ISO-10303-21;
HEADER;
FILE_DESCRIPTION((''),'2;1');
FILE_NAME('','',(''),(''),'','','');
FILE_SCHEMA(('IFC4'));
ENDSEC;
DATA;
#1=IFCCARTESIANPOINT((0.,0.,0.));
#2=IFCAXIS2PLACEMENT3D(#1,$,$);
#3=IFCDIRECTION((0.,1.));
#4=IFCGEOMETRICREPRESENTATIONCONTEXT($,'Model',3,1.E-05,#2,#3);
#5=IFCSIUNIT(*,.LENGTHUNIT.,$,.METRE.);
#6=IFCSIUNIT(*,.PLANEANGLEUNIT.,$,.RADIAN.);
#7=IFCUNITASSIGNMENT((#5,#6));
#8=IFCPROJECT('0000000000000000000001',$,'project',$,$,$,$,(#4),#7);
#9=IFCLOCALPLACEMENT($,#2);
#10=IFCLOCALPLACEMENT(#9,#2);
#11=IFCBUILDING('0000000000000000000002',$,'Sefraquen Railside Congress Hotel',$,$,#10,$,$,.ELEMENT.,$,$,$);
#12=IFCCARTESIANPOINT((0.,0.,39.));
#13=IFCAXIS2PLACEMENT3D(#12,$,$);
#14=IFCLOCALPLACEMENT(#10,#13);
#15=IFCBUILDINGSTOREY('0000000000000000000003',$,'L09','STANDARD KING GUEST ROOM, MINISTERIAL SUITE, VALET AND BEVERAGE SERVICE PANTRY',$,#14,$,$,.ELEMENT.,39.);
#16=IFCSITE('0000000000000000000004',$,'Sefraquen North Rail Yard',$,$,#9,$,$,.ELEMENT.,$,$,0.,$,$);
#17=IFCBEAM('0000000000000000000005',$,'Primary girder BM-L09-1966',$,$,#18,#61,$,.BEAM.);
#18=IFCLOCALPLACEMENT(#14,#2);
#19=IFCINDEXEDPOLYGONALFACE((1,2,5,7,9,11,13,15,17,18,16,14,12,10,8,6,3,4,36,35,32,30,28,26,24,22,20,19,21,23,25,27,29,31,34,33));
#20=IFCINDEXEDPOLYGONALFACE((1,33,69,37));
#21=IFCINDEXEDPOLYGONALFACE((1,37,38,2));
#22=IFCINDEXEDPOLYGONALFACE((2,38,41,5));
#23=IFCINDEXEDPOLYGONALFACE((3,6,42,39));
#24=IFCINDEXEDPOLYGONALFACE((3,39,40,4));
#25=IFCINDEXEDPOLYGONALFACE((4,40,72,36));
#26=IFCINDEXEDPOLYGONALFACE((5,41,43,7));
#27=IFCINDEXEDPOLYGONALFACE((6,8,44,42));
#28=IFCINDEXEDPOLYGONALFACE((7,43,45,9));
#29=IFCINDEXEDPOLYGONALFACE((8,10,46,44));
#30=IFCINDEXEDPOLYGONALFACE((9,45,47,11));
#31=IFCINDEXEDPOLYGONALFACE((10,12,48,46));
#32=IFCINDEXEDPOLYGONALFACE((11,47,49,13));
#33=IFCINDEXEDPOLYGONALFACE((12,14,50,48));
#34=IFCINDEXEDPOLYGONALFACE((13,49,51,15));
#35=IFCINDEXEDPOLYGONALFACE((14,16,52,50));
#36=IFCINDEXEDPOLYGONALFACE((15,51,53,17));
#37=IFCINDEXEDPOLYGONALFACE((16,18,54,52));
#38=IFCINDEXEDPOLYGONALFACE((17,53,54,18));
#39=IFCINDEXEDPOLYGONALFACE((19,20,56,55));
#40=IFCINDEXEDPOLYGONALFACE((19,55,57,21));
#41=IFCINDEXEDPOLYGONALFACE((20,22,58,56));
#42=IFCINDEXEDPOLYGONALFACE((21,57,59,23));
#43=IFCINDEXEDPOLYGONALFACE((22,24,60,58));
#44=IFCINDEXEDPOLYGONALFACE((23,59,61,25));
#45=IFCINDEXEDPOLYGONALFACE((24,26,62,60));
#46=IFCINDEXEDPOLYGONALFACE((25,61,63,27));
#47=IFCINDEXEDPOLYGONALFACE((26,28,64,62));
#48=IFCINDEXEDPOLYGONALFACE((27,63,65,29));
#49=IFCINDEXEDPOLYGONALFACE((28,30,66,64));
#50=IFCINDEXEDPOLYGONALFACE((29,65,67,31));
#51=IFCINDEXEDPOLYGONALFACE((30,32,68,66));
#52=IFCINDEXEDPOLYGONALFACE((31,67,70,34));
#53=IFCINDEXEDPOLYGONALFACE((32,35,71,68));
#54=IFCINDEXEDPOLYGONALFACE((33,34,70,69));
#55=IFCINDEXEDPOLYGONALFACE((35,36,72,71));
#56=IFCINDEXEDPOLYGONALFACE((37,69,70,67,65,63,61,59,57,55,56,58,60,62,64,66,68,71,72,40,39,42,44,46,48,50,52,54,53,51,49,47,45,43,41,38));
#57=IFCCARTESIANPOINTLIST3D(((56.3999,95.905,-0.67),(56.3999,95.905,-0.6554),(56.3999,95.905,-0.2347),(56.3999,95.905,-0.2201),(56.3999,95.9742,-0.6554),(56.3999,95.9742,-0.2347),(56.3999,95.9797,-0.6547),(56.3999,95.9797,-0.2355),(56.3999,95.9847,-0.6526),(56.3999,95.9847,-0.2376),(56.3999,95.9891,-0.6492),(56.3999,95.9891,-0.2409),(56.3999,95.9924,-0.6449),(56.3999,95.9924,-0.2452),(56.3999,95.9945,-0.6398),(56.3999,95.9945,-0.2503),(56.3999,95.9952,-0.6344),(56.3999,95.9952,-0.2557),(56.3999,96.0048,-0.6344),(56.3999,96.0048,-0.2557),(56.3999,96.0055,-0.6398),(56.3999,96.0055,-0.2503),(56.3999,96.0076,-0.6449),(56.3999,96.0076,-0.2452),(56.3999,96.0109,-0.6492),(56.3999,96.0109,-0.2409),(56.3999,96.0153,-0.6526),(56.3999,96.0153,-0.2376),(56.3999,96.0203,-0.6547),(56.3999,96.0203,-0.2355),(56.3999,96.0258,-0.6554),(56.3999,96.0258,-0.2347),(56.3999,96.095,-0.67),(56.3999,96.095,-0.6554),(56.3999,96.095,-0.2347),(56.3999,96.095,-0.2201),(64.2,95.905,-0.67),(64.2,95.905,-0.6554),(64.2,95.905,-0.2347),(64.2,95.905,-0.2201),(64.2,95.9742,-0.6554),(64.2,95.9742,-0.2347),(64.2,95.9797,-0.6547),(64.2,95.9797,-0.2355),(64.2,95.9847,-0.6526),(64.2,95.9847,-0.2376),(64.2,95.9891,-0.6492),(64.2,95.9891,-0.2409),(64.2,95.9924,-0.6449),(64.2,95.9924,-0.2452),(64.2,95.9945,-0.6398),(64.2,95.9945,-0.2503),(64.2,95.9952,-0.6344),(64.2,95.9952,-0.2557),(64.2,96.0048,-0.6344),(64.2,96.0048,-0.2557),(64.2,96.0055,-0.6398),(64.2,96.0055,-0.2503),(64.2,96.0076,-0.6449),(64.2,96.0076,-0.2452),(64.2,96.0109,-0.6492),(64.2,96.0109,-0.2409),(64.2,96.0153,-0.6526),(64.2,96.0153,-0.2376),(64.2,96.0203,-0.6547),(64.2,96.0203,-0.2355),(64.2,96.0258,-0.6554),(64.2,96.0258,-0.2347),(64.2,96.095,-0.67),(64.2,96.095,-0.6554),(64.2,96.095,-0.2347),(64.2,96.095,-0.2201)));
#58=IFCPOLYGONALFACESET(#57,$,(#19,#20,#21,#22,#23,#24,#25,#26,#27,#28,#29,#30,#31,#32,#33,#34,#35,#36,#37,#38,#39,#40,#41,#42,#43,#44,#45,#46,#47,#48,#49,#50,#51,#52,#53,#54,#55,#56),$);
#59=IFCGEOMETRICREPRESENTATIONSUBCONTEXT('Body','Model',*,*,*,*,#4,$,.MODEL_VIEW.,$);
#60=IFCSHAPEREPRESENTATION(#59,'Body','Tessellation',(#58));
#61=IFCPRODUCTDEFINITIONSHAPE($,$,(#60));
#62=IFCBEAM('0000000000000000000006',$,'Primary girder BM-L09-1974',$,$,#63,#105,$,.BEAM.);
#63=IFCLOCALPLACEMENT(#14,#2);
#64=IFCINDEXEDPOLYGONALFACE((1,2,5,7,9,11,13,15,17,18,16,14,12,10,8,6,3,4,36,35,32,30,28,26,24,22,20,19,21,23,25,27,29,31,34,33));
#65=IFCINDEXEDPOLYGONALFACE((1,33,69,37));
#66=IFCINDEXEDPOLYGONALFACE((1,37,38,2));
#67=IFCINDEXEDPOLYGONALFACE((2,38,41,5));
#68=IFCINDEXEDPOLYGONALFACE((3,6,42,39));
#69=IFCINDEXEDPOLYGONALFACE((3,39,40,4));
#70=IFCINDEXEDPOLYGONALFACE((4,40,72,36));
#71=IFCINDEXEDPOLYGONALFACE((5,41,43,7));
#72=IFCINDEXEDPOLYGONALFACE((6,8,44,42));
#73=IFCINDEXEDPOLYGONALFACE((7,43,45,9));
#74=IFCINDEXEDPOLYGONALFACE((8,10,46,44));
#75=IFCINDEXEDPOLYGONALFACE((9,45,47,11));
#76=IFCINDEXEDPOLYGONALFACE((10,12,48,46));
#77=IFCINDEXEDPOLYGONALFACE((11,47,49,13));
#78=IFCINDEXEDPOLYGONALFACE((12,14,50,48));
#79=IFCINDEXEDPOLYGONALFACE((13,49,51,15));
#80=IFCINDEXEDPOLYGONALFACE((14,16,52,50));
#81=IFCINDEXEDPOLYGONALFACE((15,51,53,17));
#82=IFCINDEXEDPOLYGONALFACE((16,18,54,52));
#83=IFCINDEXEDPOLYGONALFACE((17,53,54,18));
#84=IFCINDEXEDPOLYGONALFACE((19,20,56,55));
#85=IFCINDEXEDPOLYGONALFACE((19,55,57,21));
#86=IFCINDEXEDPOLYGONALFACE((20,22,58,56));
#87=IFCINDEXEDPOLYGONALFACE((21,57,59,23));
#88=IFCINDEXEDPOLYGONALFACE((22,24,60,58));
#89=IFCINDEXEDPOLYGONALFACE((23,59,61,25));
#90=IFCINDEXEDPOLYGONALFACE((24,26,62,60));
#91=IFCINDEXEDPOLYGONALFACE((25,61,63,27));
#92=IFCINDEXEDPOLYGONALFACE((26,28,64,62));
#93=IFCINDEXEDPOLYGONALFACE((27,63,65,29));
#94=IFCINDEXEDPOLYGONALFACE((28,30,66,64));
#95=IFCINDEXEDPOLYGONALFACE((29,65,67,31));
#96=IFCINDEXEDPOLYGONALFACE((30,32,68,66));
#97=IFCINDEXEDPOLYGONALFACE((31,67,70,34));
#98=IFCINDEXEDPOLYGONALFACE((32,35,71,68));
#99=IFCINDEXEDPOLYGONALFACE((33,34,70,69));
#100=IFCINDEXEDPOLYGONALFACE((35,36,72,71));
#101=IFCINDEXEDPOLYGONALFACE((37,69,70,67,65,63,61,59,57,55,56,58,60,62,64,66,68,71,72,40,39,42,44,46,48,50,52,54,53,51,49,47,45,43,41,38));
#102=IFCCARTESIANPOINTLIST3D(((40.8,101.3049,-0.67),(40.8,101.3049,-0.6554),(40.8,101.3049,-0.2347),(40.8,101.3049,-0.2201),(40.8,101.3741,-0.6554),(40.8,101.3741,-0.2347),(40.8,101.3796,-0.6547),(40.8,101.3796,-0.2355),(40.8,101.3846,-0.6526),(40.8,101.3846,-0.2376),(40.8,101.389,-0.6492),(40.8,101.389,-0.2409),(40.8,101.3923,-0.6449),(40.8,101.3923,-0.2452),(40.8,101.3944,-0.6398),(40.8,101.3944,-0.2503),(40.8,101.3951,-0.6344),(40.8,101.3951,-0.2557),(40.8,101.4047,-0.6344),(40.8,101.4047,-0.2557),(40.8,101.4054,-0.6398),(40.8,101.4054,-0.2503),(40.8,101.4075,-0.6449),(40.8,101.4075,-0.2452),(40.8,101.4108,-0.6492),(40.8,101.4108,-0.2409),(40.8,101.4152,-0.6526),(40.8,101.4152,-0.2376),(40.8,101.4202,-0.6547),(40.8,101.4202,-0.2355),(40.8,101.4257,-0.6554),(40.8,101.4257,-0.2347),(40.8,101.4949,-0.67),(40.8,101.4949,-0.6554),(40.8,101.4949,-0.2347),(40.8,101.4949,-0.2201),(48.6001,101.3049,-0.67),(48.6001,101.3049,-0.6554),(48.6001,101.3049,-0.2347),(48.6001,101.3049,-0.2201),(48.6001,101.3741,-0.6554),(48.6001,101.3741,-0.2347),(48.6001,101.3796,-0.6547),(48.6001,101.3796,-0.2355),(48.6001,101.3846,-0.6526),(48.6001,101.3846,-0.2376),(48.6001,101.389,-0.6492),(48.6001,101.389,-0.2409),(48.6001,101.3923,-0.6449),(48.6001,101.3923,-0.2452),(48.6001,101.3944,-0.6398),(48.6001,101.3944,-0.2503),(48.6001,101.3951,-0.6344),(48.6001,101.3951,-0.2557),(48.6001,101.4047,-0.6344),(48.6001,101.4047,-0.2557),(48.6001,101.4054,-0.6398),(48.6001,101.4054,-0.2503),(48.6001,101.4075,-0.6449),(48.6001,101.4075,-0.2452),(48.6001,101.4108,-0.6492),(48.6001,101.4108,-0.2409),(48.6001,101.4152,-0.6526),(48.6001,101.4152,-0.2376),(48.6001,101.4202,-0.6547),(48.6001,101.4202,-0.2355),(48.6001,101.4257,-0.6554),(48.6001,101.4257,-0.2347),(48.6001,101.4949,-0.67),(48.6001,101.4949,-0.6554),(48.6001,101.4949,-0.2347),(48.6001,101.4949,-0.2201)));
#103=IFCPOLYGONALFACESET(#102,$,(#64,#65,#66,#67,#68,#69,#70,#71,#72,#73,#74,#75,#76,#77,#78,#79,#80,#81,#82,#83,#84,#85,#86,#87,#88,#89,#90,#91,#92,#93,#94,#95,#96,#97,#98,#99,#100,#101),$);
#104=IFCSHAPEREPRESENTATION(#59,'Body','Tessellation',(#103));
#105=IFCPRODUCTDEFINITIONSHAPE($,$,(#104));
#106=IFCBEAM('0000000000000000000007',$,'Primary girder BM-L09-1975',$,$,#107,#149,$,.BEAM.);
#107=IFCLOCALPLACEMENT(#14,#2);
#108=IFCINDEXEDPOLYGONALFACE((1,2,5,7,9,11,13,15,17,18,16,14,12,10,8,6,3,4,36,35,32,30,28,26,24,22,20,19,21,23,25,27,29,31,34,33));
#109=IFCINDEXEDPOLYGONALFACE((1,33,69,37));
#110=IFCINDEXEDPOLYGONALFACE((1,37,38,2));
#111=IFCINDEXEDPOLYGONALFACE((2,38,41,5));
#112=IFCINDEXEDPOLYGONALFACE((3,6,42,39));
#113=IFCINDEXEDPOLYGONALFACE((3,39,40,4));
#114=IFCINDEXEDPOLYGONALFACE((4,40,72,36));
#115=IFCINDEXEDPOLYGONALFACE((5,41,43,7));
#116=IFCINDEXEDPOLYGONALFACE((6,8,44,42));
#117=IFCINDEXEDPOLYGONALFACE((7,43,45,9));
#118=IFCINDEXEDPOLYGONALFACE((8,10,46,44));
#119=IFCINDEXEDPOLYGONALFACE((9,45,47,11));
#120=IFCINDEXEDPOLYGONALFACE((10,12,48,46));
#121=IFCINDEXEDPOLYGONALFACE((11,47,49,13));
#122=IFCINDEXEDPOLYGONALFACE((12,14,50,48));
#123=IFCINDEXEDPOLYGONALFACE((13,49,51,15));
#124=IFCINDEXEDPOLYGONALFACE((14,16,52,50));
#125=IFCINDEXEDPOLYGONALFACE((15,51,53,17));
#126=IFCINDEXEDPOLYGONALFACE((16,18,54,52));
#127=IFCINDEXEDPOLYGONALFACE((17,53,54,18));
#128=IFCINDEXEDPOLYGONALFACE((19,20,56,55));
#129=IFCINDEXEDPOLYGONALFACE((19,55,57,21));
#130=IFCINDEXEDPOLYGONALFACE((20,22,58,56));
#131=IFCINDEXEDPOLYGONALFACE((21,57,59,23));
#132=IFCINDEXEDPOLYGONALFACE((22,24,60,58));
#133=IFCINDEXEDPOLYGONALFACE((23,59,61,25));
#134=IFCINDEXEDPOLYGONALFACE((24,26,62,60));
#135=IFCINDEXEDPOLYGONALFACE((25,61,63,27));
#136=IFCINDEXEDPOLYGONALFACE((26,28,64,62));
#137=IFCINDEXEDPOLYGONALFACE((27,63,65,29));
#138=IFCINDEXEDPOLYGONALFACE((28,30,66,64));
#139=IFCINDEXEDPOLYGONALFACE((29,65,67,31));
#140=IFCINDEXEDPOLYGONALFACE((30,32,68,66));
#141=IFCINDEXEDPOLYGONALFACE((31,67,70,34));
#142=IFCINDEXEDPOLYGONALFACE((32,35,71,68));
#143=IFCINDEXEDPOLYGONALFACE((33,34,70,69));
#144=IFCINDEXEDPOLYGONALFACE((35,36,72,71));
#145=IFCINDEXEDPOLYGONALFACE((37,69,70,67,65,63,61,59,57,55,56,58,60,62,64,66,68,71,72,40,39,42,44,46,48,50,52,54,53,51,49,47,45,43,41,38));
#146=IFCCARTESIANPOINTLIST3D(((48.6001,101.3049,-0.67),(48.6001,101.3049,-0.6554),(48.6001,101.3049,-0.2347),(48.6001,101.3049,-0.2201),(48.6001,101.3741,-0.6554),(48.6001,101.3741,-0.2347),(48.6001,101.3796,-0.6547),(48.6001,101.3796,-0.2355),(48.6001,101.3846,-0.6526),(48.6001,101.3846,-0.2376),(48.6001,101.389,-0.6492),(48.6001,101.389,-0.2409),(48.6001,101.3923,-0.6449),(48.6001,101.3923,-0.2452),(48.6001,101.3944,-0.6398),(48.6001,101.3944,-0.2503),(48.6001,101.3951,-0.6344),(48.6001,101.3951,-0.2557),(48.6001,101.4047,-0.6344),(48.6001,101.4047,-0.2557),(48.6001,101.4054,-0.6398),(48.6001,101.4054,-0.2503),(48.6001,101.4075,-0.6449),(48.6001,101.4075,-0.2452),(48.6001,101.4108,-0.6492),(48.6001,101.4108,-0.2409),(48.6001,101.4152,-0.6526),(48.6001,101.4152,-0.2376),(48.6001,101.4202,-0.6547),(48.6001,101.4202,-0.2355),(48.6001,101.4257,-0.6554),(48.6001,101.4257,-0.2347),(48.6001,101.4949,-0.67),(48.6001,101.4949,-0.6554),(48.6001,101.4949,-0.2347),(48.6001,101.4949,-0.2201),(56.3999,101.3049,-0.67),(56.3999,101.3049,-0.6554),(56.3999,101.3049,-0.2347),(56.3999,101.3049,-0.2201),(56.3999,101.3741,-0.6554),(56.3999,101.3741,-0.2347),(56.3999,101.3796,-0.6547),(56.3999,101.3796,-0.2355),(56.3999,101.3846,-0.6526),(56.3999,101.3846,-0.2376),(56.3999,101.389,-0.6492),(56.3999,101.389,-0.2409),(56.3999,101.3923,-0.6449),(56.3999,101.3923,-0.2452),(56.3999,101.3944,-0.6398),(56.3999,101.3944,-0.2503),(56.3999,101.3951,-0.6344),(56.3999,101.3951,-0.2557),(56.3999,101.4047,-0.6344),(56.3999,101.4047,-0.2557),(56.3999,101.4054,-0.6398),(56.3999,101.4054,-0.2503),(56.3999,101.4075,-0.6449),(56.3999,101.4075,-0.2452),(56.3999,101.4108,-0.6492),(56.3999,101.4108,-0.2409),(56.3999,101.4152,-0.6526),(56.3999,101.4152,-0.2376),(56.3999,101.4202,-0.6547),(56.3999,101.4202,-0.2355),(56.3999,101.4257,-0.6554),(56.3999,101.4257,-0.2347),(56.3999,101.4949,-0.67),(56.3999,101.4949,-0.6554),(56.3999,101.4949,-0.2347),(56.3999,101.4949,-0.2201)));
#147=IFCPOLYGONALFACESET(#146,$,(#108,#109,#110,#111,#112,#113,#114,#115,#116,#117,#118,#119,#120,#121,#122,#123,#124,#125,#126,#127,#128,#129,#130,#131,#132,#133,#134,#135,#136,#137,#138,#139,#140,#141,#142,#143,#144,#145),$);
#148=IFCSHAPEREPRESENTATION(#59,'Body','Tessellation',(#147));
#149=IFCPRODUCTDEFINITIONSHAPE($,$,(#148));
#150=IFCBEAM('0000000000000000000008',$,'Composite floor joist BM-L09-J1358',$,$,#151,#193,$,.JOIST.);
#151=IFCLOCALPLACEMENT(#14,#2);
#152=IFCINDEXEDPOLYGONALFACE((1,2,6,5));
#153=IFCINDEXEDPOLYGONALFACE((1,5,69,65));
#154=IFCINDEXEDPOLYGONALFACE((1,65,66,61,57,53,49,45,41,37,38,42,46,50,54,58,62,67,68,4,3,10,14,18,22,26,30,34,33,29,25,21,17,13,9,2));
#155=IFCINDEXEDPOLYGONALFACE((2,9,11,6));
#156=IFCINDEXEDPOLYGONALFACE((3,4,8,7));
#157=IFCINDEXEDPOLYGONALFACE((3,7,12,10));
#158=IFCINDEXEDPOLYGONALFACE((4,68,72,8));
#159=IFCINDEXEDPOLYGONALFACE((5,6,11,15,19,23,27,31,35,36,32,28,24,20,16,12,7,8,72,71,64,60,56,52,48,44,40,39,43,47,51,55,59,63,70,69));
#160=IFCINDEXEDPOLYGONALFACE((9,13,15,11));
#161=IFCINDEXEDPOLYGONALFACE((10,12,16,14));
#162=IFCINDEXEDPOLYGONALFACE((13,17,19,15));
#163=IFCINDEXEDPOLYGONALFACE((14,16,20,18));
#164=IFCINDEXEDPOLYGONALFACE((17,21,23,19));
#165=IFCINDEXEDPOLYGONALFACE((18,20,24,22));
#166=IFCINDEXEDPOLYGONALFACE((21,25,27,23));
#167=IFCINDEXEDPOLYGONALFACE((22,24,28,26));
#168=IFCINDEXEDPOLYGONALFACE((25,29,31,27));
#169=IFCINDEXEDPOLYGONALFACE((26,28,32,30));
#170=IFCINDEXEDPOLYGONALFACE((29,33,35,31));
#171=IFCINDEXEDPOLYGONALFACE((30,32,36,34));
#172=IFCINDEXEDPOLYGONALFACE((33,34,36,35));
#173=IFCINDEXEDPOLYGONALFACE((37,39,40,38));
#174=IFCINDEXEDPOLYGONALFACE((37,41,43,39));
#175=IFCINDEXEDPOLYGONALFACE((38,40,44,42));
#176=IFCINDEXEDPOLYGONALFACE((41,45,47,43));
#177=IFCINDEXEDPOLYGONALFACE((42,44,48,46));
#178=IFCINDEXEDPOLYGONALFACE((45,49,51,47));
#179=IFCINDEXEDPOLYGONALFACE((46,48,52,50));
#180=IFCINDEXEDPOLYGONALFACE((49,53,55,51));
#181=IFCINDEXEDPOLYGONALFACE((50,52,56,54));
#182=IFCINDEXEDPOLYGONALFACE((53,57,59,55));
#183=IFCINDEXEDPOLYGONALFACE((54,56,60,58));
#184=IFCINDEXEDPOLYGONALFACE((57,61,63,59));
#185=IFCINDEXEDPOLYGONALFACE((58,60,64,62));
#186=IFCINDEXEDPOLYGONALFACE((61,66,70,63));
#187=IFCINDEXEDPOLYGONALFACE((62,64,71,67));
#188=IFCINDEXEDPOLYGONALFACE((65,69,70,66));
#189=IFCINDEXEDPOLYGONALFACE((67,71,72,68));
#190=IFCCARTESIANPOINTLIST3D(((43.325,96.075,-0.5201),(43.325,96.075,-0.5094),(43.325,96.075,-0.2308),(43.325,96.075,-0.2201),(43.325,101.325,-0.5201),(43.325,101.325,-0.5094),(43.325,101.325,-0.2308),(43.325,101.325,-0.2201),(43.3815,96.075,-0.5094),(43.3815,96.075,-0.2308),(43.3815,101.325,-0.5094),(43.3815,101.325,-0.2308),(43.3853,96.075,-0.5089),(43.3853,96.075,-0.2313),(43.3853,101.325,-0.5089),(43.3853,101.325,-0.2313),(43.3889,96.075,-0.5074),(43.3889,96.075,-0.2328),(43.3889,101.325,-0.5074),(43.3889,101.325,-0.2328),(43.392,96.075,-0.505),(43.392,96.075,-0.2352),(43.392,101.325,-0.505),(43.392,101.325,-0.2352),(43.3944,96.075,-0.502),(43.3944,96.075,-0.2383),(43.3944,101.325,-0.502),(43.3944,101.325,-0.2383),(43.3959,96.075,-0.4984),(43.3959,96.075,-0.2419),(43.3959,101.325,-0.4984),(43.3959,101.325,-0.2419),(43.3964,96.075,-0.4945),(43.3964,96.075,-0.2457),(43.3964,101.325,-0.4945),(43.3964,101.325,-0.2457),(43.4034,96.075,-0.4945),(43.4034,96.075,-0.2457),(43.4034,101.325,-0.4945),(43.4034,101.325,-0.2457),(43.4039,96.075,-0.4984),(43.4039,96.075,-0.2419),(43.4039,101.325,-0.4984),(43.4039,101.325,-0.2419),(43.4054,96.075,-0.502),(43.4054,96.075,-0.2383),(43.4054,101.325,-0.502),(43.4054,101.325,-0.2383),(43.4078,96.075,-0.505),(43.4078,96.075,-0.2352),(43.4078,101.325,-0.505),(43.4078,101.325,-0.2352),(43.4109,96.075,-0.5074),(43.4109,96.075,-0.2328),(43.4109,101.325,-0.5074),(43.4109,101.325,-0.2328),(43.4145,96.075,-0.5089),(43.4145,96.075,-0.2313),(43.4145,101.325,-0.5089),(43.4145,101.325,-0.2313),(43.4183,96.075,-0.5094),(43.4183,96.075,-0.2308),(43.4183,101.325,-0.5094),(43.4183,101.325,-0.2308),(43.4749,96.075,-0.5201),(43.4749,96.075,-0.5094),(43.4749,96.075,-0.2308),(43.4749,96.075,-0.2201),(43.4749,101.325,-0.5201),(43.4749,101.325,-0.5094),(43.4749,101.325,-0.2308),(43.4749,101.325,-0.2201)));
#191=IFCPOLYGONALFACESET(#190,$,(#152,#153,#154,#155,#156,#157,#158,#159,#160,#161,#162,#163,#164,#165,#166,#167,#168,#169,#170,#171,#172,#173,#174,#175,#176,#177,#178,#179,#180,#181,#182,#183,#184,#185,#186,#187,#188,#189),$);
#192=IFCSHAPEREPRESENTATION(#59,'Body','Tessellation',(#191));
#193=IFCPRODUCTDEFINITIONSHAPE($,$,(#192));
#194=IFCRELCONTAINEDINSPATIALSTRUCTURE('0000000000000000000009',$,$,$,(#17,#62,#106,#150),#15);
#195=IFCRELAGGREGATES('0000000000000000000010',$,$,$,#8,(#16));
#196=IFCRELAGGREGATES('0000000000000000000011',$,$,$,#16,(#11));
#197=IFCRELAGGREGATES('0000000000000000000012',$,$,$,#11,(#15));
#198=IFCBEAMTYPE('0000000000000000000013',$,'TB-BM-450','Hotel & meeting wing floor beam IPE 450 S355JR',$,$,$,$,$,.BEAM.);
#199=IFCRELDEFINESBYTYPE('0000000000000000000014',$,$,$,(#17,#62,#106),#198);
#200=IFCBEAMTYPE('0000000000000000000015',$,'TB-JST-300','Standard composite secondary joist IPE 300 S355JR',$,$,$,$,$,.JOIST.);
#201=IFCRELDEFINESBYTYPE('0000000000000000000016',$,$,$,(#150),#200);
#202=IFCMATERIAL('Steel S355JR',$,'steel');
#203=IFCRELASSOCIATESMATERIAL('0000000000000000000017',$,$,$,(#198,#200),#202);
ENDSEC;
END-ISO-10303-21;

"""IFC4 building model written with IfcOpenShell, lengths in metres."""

from ifc_helpers import new_model, si_unit, direction, frame, origin, origin_2d, place, context, subcontext, project, spatial, i_section, extrude, material, material_profile, profile_set, type_object, element, save


model = new_model("IFC4")

# Units and contexts
model_context = context("Model", 3, precision=1e-05, world=origin(), true_north=direction((0.0, 1.0)))
body_context = subcontext(model_context, "Body", "Model", "MODEL_VIEW")
ifc_project = project(units=[si_unit("LENGTHUNIT", "METRE"), si_unit("PLANEANGLEUNIT", "RADIAN")], contexts=[model_context])

# Site, building, storey
site_placement = place(None, origin())
site = spatial("IfcSite", under=ifc_project, at=site_placement, Name="Sefraquen North Rail Yard", CompositionType="ELEMENT", RefElevation=0.0)
building_placement = place(site_placement, origin())
building = spatial("IfcBuilding", under=site, at=building_placement, Name="Sefraquen Railside Congress Hotel", CompositionType="ELEMENT")
storey_placement = place(building_placement, frame((0.0, 0.0, 39.0)))
storey = spatial("IfcBuildingStorey", under=building, at=storey_placement, Name="L09", Description="STANDARD KING GUEST ROOM, MINISTERIAL SUITE, VALET AND BEVERAGE SERVICE PANTRY", CompositionType="ELEMENT", Elevation=39.0)

# Shared definitions
ifc_material_1 = material(Name="Steel S355JR", Category="steel")

# Beams
ifc_material_profile_1 = material_profile(ifc_material_1, i_section(OverallWidth=0.1899, OverallDepth=0.45, WebThickness=0.0095, FlangeThickness=0.0146, FilletRadius=0.021, at=origin_2d()), Name="IPE 450")
ifc_profile_set_1 = profile_set([ifc_material_profile_1], Name="Steel S355JR")
beam_type_1 = type_object("IfcBeamType", Name="TB-BM-450", Description="Hotel & meeting wing floor beam IPE 450 S355JR", PredefinedType="BEAM", material=ifc_profile_set_1)
for number, where, z_axis, x_axis, name in (
    (1, (56.3999, 96.0, -0.4451), (1.0, 0.0, 0.0), (0.0, 1.0, 0.0), "Primary girder BM-L09-1966"),
    (2, (40.8, 101.3999, -0.4451), (1.0, 0.0, 0.0), (0.0, 1.0, 0.0), "Primary girder BM-L09-1974"),
):
    element("IfcBeam", number, at=place(storey_placement, frame(where, z_axis=z_axis, x_axis=x_axis)), inside=storey, type_object=beam_type_1, Name=name, PredefinedType="BEAM", context=body_context, shape_type="SweptSolid", body=[
        extrude(i_section(OverallWidth=0.1899, OverallDepth=0.45, WebThickness=0.0095, FlangeThickness=0.0146, FilletRadius=0.021, at=origin_2d()), origin(), (0.0, 0.0, 1.0), 7.8),
    ])
beam_1_placement = place(storey_placement, frame((48.6001, 101.3999, -0.4451), z_axis=(1.0, 0.0, 0.0), x_axis=(0.0, 1.0, 0.0)))
element("IfcBeam", 3, at=beam_1_placement, inside=storey, type_object=beam_type_1, Name="Primary girder BM-L09-1975", PredefinedType="BEAM", context=body_context, shape_type="SweptSolid", body=[
    extrude(i_section(OverallWidth=0.1899, OverallDepth=0.45, WebThickness=0.0095, FlangeThickness=0.0146, FilletRadius=0.021, at=origin_2d()), origin(), (0.0, 0.0, 1.0), 7.7998),
])
ifc_material_profile_2 = material_profile(ifc_material_1, i_section(OverallWidth=0.1499, OverallDepth=0.3, WebThickness=0.0071, FlangeThickness=0.0107, FilletRadius=0.0149, at=origin_2d()), Name="IPE 300")
ifc_profile_set_2 = profile_set([ifc_material_profile_2], Name="Steel S355JR")
beam_type_2 = type_object("IfcBeamType", Name="TB-JST-300", Description="Standard composite secondary joist IPE 300 S355JR", PredefinedType="JOIST", material=ifc_profile_set_2)
for number, where, z_axis, x_axis, name in (
    (4, (43.3999, 96.075, -0.3701), (0.0, 1.0, 0.0), (-1.0, 0.0, 0.0), "Composite floor joist BM-L09-J1358"),
):
    element("IfcBeam", number, at=place(storey_placement, frame(where, z_axis=z_axis, x_axis=x_axis)), inside=storey, type_object=beam_type_2, Name=name, PredefinedType="JOIST", context=body_context, shape_type="SweptSolid", body=[
        extrude(i_section(OverallWidth=0.1499, OverallDepth=0.3, WebThickness=0.0071, FlangeThickness=0.0107, FilletRadius=0.0149, at=origin_2d()), origin(), (0.0, 0.0, 1.0), 5.25),
    ])

save(model, "model.ifc")
